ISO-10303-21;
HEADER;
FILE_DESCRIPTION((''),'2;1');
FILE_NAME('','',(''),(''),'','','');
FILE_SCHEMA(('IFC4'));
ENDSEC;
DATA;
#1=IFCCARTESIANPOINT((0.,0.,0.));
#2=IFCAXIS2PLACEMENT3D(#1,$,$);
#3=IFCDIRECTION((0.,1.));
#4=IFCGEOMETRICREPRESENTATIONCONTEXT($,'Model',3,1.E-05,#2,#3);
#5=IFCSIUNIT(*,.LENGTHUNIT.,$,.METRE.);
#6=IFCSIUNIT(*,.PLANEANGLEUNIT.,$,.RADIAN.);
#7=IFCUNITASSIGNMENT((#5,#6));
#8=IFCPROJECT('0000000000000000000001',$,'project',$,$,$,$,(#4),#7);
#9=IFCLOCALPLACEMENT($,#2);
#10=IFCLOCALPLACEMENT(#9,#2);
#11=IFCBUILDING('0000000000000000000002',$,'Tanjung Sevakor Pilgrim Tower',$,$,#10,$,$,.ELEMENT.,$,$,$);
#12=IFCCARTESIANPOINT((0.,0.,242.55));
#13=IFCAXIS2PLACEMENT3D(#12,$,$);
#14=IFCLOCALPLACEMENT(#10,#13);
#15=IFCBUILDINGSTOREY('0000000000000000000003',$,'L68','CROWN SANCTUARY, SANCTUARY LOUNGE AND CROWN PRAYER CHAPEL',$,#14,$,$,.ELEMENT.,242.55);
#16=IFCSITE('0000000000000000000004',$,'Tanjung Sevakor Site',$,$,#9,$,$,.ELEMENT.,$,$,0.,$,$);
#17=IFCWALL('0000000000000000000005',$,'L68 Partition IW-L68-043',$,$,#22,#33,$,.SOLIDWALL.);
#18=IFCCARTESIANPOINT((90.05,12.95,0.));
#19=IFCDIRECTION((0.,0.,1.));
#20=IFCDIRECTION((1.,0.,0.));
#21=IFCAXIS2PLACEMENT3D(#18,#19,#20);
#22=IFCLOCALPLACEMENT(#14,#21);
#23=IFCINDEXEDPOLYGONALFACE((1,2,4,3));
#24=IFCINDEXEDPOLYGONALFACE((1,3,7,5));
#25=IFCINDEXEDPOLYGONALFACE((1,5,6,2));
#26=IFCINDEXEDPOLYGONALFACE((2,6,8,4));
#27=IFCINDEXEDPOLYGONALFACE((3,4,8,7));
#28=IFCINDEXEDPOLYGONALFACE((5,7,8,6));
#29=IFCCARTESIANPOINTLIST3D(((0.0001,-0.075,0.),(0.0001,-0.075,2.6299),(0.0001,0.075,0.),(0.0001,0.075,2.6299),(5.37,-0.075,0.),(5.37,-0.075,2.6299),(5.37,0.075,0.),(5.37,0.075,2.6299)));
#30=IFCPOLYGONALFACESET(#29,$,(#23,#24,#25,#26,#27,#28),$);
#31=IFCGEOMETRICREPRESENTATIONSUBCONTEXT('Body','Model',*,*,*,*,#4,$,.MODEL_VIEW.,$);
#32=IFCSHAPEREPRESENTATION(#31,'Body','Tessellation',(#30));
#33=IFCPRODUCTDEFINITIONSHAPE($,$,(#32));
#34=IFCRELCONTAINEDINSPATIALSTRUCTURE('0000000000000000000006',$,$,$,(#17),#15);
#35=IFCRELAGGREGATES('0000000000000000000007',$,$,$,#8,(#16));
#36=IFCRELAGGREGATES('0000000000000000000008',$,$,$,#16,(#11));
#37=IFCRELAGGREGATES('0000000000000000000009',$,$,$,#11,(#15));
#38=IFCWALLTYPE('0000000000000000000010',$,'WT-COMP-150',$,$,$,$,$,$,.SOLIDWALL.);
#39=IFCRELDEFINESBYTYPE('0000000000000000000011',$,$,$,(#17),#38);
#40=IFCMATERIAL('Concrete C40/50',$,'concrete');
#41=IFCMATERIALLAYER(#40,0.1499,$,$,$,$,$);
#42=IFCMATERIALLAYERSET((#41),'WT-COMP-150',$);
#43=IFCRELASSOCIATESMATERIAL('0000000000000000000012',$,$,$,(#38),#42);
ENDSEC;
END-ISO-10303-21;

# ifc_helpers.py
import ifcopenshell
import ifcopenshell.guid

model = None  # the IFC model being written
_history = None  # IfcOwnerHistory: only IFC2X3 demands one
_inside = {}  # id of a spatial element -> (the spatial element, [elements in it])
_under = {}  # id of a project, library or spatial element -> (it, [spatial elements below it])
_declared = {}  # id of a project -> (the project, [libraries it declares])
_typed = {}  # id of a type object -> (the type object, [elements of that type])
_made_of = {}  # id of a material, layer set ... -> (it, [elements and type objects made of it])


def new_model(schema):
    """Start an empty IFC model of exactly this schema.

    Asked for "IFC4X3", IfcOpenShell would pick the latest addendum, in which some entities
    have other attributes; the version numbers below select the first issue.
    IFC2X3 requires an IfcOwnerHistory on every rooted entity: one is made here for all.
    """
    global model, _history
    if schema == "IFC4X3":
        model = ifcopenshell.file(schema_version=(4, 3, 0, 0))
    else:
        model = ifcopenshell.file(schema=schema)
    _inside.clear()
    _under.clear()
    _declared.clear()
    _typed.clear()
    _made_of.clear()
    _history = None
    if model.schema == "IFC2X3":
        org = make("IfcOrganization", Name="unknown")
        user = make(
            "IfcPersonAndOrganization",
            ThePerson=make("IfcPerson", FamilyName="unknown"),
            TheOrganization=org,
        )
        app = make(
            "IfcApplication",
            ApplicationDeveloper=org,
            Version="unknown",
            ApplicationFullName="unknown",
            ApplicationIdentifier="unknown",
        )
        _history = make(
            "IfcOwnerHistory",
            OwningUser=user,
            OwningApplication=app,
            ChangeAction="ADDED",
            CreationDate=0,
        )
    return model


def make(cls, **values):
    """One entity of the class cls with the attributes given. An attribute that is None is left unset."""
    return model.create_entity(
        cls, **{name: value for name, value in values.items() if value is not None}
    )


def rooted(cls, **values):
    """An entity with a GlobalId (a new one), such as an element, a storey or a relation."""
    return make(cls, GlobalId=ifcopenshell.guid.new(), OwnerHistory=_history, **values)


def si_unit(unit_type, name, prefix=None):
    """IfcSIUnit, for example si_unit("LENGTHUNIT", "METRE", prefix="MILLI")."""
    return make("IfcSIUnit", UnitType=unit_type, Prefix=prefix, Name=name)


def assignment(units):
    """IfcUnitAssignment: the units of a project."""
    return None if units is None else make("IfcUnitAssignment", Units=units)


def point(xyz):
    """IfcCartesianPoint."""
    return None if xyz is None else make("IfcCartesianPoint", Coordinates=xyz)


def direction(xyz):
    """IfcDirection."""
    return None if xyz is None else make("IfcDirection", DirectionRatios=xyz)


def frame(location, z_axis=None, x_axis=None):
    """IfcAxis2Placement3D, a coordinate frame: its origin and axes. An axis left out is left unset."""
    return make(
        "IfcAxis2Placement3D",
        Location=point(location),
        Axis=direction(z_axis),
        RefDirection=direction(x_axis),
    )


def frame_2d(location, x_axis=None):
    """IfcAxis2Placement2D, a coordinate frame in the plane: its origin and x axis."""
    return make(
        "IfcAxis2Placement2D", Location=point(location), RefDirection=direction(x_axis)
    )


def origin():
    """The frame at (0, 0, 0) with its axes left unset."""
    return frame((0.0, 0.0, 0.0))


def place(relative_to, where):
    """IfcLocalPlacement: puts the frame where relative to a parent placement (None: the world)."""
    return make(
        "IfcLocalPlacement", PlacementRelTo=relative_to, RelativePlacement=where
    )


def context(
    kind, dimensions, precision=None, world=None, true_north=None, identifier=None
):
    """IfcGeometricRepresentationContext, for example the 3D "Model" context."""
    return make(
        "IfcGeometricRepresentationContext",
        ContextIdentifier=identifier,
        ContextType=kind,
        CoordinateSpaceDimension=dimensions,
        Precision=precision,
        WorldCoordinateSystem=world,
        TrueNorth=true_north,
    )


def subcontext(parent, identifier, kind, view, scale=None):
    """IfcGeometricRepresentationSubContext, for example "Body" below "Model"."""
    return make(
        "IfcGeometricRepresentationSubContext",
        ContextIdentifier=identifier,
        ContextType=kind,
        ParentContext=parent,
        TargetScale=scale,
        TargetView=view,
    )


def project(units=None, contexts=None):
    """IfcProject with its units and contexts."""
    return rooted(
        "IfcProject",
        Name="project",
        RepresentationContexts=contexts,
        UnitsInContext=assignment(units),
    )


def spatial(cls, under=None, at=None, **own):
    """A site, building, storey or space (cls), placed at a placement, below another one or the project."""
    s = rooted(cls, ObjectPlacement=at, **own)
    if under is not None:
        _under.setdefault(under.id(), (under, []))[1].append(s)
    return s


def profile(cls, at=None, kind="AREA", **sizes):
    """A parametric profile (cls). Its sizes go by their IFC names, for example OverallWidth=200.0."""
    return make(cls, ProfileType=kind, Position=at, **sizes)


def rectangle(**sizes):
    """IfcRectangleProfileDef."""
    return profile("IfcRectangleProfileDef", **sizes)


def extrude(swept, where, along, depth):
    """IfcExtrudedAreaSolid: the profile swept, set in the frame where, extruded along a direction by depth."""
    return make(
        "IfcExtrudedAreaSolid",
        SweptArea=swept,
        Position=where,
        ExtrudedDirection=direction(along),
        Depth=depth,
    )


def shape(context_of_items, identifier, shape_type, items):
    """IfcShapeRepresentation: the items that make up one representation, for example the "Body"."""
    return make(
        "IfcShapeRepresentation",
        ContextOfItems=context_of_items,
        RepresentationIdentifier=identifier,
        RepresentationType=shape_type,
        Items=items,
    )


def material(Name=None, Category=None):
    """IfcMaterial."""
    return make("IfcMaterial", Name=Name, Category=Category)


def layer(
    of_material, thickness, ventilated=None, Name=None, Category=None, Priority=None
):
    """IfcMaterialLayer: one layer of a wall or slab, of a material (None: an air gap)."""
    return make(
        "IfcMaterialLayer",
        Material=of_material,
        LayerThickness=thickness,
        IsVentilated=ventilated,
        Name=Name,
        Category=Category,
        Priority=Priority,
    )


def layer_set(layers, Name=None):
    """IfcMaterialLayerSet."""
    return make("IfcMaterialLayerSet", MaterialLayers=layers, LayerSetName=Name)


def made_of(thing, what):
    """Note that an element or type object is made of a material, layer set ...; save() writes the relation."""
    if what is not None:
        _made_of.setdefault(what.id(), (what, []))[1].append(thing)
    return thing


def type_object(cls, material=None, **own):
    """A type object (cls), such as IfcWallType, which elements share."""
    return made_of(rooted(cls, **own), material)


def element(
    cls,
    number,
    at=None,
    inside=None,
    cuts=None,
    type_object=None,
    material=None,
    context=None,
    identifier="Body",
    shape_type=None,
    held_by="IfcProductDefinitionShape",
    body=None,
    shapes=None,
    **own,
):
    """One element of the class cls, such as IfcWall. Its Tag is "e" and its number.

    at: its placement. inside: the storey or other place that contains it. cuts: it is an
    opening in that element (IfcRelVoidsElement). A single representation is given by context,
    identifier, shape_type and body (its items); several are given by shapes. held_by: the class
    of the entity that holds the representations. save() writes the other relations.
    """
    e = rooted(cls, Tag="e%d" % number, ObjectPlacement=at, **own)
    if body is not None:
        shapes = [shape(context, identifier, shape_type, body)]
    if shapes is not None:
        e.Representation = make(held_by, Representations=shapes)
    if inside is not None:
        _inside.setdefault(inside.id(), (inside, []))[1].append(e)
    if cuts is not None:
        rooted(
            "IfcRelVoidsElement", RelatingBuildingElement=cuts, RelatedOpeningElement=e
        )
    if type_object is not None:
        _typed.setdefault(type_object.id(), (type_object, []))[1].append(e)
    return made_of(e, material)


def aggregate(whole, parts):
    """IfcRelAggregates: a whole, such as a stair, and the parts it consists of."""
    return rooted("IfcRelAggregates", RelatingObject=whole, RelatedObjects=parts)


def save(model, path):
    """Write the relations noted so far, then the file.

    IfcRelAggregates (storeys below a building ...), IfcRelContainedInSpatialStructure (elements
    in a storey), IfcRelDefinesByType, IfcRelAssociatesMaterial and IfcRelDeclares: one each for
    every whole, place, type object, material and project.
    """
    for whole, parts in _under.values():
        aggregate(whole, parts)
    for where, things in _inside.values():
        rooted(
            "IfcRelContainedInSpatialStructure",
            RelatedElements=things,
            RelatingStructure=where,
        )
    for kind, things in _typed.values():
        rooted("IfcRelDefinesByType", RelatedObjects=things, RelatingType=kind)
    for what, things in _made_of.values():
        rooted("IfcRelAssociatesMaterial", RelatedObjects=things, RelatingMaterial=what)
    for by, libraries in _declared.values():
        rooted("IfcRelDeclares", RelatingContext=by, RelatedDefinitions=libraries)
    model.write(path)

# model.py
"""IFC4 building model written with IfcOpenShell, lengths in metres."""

from ifc_helpers import new_model, si_unit, direction, frame, frame_2d, origin, place, context, subcontext, project, spatial, rectangle, extrude, material, layer, layer_set, type_object, element, save


model = new_model("IFC4")

# Units and contexts
model_context = context("Model", 3, precision=1e-05, world=origin(), true_north=direction((0.0, 1.0)))
body_context = subcontext(model_context, "Body", "Model", "MODEL_VIEW")
ifc_project = project(units=[si_unit("LENGTHUNIT", "METRE"), si_unit("PLANEANGLEUNIT", "RADIAN")], contexts=[model_context])

# Site, building, storey
site_placement = place(None, origin())
site = spatial("IfcSite", under=ifc_project, at=site_placement, Name="Tanjung Sevakor Site", CompositionType="ELEMENT", RefElevation=0.0)
building_placement = place(site_placement, origin())
building = spatial("IfcBuilding", under=site, at=building_placement, Name="Tanjung Sevakor Pilgrim Tower", CompositionType="ELEMENT")
storey_placement = place(building_placement, frame((0.0, 0.0, 242.55)))
storey = spatial("IfcBuildingStorey", under=building, at=storey_placement, Name="L68", Description="CROWN SANCTUARY, SANCTUARY LOUNGE AND CROWN PRAYER CHAPEL", CompositionType="ELEMENT", Elevation=242.55)

# Shared definitions
ifc_material_1 = material(Name="Concrete C40/50", Category="concrete")
ifc_layer_1 = layer(ifc_material_1, 0.1499)
ifc_layer_set_1 = layer_set([ifc_layer_1], Name="WT-COMP-150")
wall_type_1 = type_object("IfcWallType", Name="WT-COMP-150", PredefinedType="SOLIDWALL", material=ifc_layer_set_1)

# Wall
wall_1_placement = place(storey_placement, frame((90.05, 12.95, 0.0), z_axis=(0.0, 0.0, 1.0), x_axis=(1.0, 0.0, 0.0)))
element("IfcWall", 1, at=wall_1_placement, inside=storey, type_object=wall_type_1, Name="L68 Partition IW-L68-043", PredefinedType="SOLIDWALL", context=body_context, shape_type="SweptSolid", body=[
    extrude(rectangle(XDim=5.3699, YDim=0.1499, at=frame_2d((2.6851, 0.0))), origin(), (0.0, 0.0, 1.0), 2.6299),
])

save(model, "model.ifc")
